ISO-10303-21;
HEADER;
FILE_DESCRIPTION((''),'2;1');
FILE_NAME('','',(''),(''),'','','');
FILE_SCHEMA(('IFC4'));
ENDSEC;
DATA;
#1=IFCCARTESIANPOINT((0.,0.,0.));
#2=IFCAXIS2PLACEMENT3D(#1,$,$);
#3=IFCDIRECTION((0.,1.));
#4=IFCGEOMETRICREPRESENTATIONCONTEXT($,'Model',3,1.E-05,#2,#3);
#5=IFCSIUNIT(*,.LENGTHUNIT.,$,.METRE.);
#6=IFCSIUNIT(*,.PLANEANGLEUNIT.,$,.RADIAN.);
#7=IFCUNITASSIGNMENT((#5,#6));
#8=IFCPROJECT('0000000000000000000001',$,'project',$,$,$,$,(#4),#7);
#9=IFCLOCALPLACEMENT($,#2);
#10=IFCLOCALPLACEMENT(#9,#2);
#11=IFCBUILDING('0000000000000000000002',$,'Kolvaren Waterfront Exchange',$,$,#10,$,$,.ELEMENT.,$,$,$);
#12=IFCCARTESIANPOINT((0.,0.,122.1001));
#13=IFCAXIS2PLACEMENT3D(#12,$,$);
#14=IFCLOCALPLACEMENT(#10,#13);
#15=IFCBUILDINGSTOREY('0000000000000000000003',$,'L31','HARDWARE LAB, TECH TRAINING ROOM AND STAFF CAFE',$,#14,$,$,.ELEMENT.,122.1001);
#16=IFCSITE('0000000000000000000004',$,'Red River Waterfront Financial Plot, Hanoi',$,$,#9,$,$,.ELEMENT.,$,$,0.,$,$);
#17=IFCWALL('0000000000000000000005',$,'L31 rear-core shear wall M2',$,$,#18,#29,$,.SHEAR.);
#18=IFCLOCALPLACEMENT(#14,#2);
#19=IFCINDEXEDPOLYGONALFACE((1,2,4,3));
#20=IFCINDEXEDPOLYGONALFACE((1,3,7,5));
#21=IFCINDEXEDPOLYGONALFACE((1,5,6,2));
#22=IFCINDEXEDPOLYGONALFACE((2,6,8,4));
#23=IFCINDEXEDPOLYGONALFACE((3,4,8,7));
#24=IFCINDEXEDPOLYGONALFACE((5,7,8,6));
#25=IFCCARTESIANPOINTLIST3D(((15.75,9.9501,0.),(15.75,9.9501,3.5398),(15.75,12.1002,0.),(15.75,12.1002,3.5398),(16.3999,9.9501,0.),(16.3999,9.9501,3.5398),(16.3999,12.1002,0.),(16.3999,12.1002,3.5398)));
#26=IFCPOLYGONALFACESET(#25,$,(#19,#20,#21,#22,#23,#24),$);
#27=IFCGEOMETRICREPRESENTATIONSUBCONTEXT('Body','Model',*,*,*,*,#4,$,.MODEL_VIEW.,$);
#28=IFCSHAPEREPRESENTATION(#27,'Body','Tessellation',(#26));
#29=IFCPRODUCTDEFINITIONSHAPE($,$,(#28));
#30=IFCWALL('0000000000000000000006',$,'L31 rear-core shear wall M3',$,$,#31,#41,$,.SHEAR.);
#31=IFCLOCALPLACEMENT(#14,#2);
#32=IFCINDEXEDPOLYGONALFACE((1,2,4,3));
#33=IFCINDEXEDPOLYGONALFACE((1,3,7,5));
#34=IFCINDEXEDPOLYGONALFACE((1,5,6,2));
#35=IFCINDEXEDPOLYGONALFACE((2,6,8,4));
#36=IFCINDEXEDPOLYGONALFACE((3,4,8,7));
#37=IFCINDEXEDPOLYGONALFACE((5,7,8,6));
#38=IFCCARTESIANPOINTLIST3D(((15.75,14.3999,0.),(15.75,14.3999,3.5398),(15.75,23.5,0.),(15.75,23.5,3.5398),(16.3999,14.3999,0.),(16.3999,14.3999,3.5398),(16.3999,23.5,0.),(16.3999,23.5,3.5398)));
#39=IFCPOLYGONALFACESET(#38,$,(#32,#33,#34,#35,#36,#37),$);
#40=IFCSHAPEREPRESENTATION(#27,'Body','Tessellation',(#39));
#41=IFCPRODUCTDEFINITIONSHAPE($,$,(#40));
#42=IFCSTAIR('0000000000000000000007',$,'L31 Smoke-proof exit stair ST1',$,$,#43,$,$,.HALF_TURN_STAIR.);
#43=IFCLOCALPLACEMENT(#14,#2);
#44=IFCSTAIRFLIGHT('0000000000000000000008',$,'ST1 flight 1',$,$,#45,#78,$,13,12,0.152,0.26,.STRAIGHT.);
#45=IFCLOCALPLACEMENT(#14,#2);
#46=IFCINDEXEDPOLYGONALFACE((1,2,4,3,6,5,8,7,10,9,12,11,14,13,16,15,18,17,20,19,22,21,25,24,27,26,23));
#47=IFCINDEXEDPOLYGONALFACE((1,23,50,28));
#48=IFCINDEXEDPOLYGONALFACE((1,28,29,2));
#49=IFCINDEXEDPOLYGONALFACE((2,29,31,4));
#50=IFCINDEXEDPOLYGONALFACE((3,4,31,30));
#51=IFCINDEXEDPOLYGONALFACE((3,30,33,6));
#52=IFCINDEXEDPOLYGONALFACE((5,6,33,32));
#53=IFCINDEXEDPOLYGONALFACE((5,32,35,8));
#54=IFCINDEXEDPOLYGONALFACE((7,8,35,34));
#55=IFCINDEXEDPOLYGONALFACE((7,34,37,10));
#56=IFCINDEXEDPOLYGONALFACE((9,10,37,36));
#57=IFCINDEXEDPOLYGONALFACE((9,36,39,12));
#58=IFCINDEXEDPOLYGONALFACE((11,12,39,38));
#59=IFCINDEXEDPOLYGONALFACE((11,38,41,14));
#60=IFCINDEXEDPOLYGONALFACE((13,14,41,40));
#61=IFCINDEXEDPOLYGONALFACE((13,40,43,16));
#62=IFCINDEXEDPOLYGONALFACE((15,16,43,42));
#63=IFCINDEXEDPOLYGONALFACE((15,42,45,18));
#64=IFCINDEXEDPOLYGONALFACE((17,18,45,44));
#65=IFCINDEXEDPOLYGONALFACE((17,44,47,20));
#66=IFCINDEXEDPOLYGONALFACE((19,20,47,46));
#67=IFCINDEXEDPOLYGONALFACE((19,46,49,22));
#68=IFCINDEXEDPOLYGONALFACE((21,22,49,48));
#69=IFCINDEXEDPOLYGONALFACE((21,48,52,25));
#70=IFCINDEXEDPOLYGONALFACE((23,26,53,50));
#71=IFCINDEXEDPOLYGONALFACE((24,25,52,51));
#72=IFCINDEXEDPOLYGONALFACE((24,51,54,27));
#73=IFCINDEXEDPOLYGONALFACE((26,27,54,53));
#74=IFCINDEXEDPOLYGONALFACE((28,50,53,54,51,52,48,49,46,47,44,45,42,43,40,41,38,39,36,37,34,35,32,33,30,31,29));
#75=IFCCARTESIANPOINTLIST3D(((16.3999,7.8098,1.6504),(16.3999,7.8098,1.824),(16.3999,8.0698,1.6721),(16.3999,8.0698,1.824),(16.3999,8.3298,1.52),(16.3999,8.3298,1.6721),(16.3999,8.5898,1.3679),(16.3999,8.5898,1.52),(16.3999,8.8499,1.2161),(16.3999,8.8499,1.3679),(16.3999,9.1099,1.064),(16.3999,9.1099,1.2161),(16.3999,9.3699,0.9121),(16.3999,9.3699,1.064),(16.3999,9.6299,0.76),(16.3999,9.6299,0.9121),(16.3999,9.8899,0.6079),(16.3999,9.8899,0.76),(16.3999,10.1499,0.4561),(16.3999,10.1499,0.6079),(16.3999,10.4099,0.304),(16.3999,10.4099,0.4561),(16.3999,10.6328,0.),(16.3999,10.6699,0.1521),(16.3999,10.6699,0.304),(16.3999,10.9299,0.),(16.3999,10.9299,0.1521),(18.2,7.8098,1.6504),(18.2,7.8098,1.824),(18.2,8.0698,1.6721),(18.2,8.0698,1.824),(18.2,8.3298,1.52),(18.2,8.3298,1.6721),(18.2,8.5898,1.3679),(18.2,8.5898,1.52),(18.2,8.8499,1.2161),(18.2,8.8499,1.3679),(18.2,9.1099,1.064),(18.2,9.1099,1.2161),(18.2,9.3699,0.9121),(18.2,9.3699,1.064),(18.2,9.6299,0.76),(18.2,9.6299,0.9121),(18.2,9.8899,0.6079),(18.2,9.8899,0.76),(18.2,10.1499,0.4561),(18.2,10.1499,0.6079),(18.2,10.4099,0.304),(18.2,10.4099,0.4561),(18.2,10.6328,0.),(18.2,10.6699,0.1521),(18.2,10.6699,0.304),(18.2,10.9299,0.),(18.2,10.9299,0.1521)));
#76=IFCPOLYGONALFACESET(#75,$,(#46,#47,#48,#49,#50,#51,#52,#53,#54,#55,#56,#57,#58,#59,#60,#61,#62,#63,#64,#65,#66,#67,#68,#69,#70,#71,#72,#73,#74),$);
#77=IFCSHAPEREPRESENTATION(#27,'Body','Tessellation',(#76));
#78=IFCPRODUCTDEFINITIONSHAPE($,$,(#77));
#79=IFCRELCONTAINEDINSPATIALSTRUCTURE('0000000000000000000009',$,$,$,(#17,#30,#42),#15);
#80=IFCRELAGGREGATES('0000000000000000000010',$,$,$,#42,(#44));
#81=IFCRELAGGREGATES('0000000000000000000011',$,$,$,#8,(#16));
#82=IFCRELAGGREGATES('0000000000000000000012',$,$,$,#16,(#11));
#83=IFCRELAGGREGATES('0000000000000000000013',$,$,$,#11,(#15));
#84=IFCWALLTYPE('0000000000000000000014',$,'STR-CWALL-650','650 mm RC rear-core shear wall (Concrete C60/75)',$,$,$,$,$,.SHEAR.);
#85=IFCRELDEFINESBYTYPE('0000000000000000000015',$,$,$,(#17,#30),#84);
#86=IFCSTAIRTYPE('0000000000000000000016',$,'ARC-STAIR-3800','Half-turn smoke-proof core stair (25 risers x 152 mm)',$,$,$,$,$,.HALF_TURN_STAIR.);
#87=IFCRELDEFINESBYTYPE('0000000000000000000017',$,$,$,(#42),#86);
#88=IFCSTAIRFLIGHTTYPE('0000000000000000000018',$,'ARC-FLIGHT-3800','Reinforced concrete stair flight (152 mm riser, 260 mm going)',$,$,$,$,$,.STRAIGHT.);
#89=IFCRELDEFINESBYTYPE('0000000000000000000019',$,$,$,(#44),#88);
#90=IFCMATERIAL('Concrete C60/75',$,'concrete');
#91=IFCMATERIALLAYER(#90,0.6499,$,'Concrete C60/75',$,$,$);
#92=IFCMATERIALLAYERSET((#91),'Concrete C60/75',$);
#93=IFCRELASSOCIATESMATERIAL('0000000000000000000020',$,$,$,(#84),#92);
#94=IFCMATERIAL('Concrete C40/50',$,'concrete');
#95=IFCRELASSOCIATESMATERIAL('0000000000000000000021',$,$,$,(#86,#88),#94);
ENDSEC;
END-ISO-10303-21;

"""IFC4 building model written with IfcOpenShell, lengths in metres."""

from ifc_helpers import new_model, si_unit, direction, frame, frame_2d, origin, place, context, subcontext, project, spatial, polyline, rectangle, outline, extrude, material, layer, layer_set, type_object, element, aggregate, save


model = new_model("IFC4")

# Units and contexts
model_context = context("Model", 3, precision=1e-05, world=origin(), true_north=direction((0.0, 1.0)))
body_context = subcontext(model_context, "Body", "Model", "MODEL_VIEW")
ifc_project = project(units=[si_unit("LENGTHUNIT", "METRE"), si_unit("PLANEANGLEUNIT", "RADIAN")], contexts=[model_context])

# Site, building, storey
site_placement = place(None, origin())
site = spatial("IfcSite", under=ifc_project, at=site_placement, Name="Red River Waterfront Financial Plot, Hanoi", CompositionType="ELEMENT", RefElevation=0.0)
building_placement = place(site_placement, origin())
building = spatial("IfcBuilding", under=site, at=building_placement, Name="Kolvaren Waterfront Exchange", CompositionType="ELEMENT")
storey_placement = place(building_placement, frame((0.0, 0.0, 122.1001)))
storey = spatial("IfcBuildingStorey", under=building, at=storey_placement, Name="L31", Description="HARDWARE LAB, TECH TRAINING ROOM AND STAFF CAFE", CompositionType="ELEMENT", Elevation=122.1001)

# Shared definitions
ifc_material_1 = material(Name="Concrete C60/75", Category="concrete")

# Walls
ifc_material_2 = material(Name="Concrete C40/50", Category="concrete")
ifc_layer_1 = layer(ifc_material_1, 0.6499, Name="Concrete C60/75")
ifc_layer_set_1 = layer_set([ifc_layer_1], Name="Concrete C60/75")
wall_type_1 = type_object("IfcWallType", Name="STR-CWALL-650", Description="650 mm RC rear-core shear wall (Concrete C60/75)", PredefinedType="SHEAR", material=ifc_layer_set_1)
wall_1_placement = place(storey_placement, frame((16.075, 9.95, 0.0), z_axis=(0.0, 0.0, 1.0), x_axis=(0.0, 1.0, 0.0)))
element("IfcWall", 1, at=wall_1_placement, inside=storey, type_object=wall_type_1, Name="L31 rear-core shear wall M2", PredefinedType="SHEAR", context=body_context, shape_type="SweptSolid", body=[
    extrude(rectangle(XDim=2.1501, YDim=0.6499, at=frame_2d((1.0752, 0.0))), origin(), (0.0, 0.0, 1.0), 3.5398),
])
wall_2_placement = place(storey_placement, frame((16.075, 14.3999, 0.0), z_axis=(0.0, 0.0, 1.0), x_axis=(0.0, 1.0, 0.0)))
element("IfcWall", 2, at=wall_2_placement, inside=storey, type_object=wall_type_1, Name="L31 rear-core shear wall M3", PredefinedType="SHEAR", context=body_context, shape_type="SweptSolid", body=[
    extrude(rectangle(XDim=9.1001, YDim=0.6499, at=frame_2d((4.55, 0.0))), origin(), (0.0, 0.0, 1.0), 3.5398),
])

# Stair, stair flight
stair_type = type_object("IfcStairType", Name="ARC-STAIR-3800", Description="Half-turn smoke-proof core stair (25 risers x 152 mm)", PredefinedType="HALF_TURN_STAIR", material=ifc_material_2)
stair_placement = place(storey_placement, origin())
stair = element("IfcStair", 3, at=stair_placement, inside=storey, type_object=stair_type, Name="L31 Smoke-proof exit stair ST1", PredefinedType="HALF_TURN_STAIR")
stair_flight_type = type_object("IfcStairFlightType", Name="ARC-FLIGHT-3800", Description="Reinforced concrete stair flight (152 mm riser, 260 mm going)", PredefinedType="STRAIGHT", material=ifc_material_2)
stair_flight_placement = place(storey_placement, frame((17.3, 10.9299, 0.0), z_axis=(0.0, 0.0, 1.0), x_axis=(0.0, -1.0, 0.0)))
stair_flight = element("IfcStairFlight", 4, at=stair_flight_placement, type_object=stair_flight_type, Name="ST1 flight 1", NumberOfRisers=13, NumberOfTreads=12, PredefinedType="STRAIGHT", RiserHeight=0.152, TreadLength=0.26, context=body_context, shape_type="SweptSolid", body=[
    extrude(outline(polyline([(0.0, 0.0), (0.0, 0.1521), (0.26, 0.1521), (0.26, 0.304), (0.52, 0.304), (0.52, 0.4561), (0.78, 0.4561), (0.78, 0.6079), (1.04, 0.6079), (1.04, 0.76), (1.3, 0.76), (1.3, 0.9121), (1.5601, 0.9121), (1.5601, 1.064), (1.8201, 1.064), (1.8201, 1.2161), (2.0801, 1.2161), (2.0801, 1.3679), (2.3401, 1.3679), (2.3401, 1.52), (2.6001, 1.52), (2.6001, 1.6721), (2.8601, 1.6721), (2.8601, 1.824), (3.1201, 1.824), (3.1201, 1.9761), (3.1201, 1.6504), (0.2971, 0.0), (0.0, 0.0)])), frame((0.0, 0.8999, 0.0), z_axis=(0.0, -1.0, 0.0), x_axis=(1.0, 0.0, 0.0)), (0.0, 0.0, 1.0), 1.8),
])
aggregate(stair, [stair_flight])

save(model, "model.ifc")
